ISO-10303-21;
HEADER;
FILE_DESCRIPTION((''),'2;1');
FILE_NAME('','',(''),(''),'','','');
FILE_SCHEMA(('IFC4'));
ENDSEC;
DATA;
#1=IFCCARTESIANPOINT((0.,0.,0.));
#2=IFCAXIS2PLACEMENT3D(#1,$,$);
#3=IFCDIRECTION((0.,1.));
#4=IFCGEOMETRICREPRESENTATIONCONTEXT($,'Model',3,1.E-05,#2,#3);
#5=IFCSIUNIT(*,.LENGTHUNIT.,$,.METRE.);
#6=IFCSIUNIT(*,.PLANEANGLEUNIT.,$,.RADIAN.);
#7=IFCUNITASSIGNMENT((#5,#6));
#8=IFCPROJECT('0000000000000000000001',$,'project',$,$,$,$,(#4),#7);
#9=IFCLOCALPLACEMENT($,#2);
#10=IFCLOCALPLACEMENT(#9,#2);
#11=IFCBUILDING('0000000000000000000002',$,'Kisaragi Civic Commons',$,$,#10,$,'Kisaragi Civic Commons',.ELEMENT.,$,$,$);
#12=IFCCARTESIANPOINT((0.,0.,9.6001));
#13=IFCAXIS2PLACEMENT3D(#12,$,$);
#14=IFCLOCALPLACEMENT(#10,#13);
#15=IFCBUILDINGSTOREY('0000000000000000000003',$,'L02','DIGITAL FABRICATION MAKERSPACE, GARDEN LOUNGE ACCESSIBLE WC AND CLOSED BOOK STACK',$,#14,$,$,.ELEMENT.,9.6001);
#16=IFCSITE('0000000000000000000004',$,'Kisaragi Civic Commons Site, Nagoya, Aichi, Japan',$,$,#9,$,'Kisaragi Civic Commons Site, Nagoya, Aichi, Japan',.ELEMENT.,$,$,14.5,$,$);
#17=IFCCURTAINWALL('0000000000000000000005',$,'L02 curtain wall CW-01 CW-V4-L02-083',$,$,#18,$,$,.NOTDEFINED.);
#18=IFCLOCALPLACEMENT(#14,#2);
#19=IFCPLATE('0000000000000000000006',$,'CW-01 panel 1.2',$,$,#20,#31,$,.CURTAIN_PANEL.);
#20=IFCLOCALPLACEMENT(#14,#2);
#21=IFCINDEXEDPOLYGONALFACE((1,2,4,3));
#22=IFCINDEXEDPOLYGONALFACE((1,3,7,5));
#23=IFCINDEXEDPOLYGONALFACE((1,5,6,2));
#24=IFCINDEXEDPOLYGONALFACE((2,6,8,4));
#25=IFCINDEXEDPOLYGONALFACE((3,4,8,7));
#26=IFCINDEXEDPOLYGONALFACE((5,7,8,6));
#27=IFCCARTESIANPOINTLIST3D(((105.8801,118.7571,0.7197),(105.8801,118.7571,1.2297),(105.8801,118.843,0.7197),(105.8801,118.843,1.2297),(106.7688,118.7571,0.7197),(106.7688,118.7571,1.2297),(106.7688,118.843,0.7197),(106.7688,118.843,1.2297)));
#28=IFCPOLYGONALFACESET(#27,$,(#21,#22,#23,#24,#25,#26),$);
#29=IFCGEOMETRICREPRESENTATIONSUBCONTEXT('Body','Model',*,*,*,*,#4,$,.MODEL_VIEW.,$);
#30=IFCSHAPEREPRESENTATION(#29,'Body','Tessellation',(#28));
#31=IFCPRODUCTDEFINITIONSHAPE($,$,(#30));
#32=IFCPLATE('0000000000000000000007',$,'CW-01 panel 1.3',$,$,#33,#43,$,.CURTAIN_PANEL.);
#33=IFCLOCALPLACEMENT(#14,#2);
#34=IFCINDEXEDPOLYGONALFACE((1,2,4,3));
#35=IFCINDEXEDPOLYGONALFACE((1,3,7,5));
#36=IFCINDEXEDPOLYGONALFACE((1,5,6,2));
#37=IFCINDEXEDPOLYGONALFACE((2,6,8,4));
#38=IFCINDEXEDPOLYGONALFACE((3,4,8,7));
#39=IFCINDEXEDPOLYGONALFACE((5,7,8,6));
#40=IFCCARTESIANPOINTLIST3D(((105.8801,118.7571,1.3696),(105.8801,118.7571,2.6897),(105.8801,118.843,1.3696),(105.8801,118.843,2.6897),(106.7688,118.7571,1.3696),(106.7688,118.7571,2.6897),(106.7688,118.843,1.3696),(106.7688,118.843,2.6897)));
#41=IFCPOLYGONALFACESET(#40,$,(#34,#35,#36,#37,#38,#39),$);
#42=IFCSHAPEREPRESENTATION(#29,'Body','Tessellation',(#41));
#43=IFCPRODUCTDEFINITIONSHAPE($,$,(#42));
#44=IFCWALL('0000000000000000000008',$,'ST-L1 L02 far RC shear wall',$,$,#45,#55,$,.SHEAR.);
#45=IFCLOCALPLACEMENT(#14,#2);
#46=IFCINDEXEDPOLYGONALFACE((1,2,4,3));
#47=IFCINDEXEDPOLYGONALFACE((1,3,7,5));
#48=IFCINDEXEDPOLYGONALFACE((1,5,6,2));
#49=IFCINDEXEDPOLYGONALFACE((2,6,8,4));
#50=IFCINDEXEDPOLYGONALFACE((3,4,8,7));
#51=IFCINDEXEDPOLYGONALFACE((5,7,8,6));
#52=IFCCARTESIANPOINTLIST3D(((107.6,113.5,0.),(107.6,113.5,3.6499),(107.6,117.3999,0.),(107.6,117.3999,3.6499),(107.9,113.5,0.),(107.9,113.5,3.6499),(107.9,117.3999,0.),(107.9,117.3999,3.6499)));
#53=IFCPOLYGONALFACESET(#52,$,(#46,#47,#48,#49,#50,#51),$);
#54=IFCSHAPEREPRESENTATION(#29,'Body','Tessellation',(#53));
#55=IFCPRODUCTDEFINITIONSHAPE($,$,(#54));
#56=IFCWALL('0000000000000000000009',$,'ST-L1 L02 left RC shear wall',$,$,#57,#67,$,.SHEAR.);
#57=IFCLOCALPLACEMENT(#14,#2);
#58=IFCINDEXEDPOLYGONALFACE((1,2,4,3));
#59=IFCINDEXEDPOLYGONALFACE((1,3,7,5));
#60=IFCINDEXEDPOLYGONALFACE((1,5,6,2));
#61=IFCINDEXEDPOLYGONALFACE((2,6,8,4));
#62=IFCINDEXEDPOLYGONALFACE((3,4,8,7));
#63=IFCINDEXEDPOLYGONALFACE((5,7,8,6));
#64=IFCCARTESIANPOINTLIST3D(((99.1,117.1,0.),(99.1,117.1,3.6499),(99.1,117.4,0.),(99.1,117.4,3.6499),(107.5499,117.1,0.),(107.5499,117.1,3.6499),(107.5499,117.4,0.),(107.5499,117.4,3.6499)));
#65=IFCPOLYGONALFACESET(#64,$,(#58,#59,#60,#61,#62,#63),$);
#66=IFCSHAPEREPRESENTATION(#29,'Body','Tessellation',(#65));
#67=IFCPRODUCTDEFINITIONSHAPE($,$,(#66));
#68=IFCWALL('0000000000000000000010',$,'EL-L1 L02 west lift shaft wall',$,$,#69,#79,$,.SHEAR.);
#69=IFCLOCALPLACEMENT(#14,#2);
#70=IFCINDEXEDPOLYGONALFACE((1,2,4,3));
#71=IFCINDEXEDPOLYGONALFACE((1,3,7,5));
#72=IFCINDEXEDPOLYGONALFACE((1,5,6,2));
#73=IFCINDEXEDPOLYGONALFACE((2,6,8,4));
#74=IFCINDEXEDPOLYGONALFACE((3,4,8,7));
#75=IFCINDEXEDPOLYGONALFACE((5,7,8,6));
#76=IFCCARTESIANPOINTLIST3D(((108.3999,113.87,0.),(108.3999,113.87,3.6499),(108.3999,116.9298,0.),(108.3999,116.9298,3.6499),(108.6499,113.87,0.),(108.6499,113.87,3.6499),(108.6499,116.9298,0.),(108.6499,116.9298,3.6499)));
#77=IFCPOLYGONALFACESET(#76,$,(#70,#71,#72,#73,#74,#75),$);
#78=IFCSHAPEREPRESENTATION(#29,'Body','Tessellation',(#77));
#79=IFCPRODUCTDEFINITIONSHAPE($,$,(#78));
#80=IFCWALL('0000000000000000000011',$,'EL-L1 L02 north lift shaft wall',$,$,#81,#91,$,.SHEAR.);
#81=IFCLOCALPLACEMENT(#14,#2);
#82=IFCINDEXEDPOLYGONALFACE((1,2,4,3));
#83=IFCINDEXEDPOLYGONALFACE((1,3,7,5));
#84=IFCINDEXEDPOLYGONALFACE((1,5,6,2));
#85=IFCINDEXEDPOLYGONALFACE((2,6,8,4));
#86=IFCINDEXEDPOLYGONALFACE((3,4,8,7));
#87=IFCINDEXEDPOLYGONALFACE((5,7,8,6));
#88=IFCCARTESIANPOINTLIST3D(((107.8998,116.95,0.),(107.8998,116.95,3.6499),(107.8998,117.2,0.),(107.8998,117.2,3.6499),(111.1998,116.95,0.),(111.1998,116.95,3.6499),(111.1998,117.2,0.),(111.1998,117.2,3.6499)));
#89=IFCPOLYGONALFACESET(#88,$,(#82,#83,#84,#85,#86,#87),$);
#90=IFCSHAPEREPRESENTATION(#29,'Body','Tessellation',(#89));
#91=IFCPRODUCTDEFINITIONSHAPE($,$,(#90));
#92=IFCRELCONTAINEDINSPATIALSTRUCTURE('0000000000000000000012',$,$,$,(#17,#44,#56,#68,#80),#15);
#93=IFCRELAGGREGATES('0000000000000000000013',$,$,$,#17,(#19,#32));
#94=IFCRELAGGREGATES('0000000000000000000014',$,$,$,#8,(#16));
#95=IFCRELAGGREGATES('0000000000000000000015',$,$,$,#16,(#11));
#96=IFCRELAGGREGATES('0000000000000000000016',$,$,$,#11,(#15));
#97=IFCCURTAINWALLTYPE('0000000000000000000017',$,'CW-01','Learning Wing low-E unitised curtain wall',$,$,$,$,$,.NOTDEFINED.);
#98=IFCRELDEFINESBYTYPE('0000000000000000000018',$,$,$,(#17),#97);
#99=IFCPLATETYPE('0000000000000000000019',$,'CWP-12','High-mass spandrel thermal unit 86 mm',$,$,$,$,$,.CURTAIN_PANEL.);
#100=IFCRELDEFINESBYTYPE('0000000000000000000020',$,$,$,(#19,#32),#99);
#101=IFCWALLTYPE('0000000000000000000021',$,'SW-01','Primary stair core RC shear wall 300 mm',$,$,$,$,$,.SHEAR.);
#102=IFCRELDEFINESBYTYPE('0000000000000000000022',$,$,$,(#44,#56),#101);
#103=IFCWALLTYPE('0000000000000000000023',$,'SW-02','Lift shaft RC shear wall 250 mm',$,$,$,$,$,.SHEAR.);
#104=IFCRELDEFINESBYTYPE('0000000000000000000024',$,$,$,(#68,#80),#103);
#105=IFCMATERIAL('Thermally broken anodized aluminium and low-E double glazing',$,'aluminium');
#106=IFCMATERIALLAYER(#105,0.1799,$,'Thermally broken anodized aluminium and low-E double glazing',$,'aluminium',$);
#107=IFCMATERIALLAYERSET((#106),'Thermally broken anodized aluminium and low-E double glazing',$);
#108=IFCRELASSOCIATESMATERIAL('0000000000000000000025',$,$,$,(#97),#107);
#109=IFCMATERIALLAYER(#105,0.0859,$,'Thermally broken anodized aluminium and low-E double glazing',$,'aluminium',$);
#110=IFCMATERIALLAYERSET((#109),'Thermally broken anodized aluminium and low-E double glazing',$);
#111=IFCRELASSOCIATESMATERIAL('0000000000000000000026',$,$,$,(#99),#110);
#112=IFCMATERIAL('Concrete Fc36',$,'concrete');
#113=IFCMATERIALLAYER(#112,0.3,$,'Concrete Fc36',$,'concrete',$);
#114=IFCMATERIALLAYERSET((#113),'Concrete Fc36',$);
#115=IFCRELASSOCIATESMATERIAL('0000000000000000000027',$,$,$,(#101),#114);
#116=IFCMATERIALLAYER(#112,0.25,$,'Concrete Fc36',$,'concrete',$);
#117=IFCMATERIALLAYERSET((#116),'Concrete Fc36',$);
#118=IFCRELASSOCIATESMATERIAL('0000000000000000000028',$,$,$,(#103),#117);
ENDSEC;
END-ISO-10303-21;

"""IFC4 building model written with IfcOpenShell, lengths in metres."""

from ifc_helpers import new_model, si_unit, direction, frame, frame_2d, origin, origin_2d, place, context, subcontext, project, spatial, rectangle, extrude, material, layer, layer_set, type_object, element, aggregate, save


model = new_model("IFC4")

# Units and contexts
model_context = context("Model", 3, precision=1e-05, world=origin(), true_north=direction((0.0, 1.0)))
body_context = subcontext(model_context, "Body", "Model", "MODEL_VIEW")
ifc_project = project(units=[si_unit("LENGTHUNIT", "METRE"), si_unit("PLANEANGLEUNIT", "RADIAN")], contexts=[model_context])

# Site, building, storey
site_placement = place(None, origin())
site = spatial("IfcSite", under=ifc_project, at=site_placement, Name="Kisaragi Civic Commons Site, Nagoya, Aichi, Japan", LongName="Kisaragi Civic Commons Site, Nagoya, Aichi, Japan", CompositionType="ELEMENT", RefElevation=14.5)
building_placement = place(site_placement, origin())
building = spatial("IfcBuilding", under=site, at=building_placement, Name="Kisaragi Civic Commons", LongName="Kisaragi Civic Commons", CompositionType="ELEMENT")
storey_placement = place(building_placement, frame((0.0, 0.0, 9.6001)))
storey = spatial("IfcBuildingStorey", under=building, at=storey_placement, Name="L02", Description="DIGITAL FABRICATION MAKERSPACE, GARDEN LOUNGE ACCESSIBLE WC AND CLOSED BOOK STACK", CompositionType="ELEMENT", Elevation=9.6001)

# Shared definitions
ifc_material_1 = material(Name="Concrete Fc36", Category="concrete")

# Curtain wall
ifc_material_2 = material(Name="Thermally broken anodized aluminium and low-E double glazing", Category="aluminium")
ifc_layer_1 = layer(ifc_material_2, 0.1799, Name="Thermally broken anodized aluminium and low-E double glazing", Category="aluminium")
ifc_layer_set_1 = layer_set([ifc_layer_1], Name="Thermally broken anodized aluminium and low-E double glazing")
curtain_wall_type = type_object("IfcCurtainWallType", Name="CW-01", Description="Learning Wing low-E unitised curtain wall", PredefinedType="NOTDEFINED", material=ifc_layer_set_1)
curtain_wall_1_placement = place(storey_placement, origin())
curtain_wall_1 = element("IfcCurtainWall", 1, at=curtain_wall_1_placement, inside=storey, type_object=curtain_wall_type, Name="L02 curtain wall CW-01 CW-V4-L02-083", PredefinedType="NOTDEFINED")

# Plates
ifc_layer_2 = layer(ifc_material_2, 0.0859, Name="Thermally broken anodized aluminium and low-E double glazing", Category="aluminium")
ifc_layer_set_2 = layer_set([ifc_layer_2], Name="Thermally broken anodized aluminium and low-E double glazing")
plate_type_1 = type_object("IfcPlateType", Name="CWP-12", Description="High-mass spandrel thermal unit 86 mm", PredefinedType="CURTAIN_PANEL", material=ifc_layer_set_2)
plate_1_placement = place(storey_placement, frame((106.3245, 118.8, 0.7197), z_axis=(0.0, 0.0, 1.0), x_axis=(1.0, 0.0, 0.0)))
plate_1 = element("IfcPlate", 2, at=plate_1_placement, type_object=plate_type_1, Name="CW-01 panel 1.2", PredefinedType="CURTAIN_PANEL", context=body_context, shape_type="SweptSolid", body=[
    extrude(rectangle(XDim=0.8887, YDim=0.0859, at=origin_2d()), origin(), (0.0, 0.0, 1.0), 0.51),
])
plate_2_placement = place(storey_placement, frame((106.3245, 118.8, 1.3696), z_axis=(0.0, 0.0, 1.0), x_axis=(1.0, 0.0, 0.0)))
plate_2 = element("IfcPlate", 3, at=plate_2_placement, type_object=plate_type_1, Name="CW-01 panel 1.3", PredefinedType="CURTAIN_PANEL", context=body_context, shape_type="SweptSolid", body=[
    extrude(rectangle(XDim=0.8887, YDim=0.0859, at=origin_2d()), origin(), (0.0, 0.0, 1.0), 1.3201),
])
aggregate(curtain_wall_1, [plate_1, plate_2])

# Walls
ifc_layer_3 = layer(ifc_material_1, 0.3, Name="Concrete Fc36", Category="concrete")
ifc_layer_set_3 = layer_set([ifc_layer_3], Name="Concrete Fc36")
wall_type_1 = type_object("IfcWallType", Name="SW-01", Description="Primary stair core RC shear wall 300 mm", PredefinedType="SHEAR", material=ifc_layer_set_3)
wall_1_placement = place(storey_placement, frame((107.75, 113.5, 0.0), z_axis=(0.0, 0.0, 1.0), x_axis=(0.0, 1.0, 0.0)))
element("IfcWall", 4, at=wall_1_placement, inside=storey, type_object=wall_type_1, Name="ST-L1 L02 far RC shear wall", PredefinedType="SHEAR", context=body_context, shape_type="SweptSolid", body=[
    extrude(rectangle(XDim=3.8999, YDim=0.3, at=frame_2d((1.95, 0.0))), origin(), (0.0, 0.0, 1.0), 3.6499),
])
wall_2_placement = place(storey_placement, frame((107.55, 117.25, 0.0), z_axis=(0.0, 0.0, 1.0), x_axis=(-1.0, 0.0, 0.0)))
element("IfcWall", 5, at=wall_2_placement, inside=storey, type_object=wall_type_1, Name="ST-L1 L02 left RC shear wall", PredefinedType="SHEAR", context=body_context, shape_type="SweptSolid", body=[
    extrude(rectangle(XDim=8.45, YDim=0.3, at=frame_2d((4.2251, 0.0))), origin(), (0.0, 0.0, 1.0), 3.6499),
])
ifc_layer_4 = layer(ifc_material_1, 0.25, Name="Concrete Fc36", Category="concrete")
ifc_layer_set_4 = layer_set([ifc_layer_4], Name="Concrete Fc36")
wall_type_2 = type_object("IfcWallType", Name="SW-02", Description="Lift shaft RC shear wall 250 mm", PredefinedType="SHEAR", material=ifc_layer_set_4)
wall_3_placement = place(storey_placement, frame((108.5249, 113.8701, 0.0), z_axis=(0.0, 0.0, 1.0), x_axis=(0.0, 1.0, 0.0)))
element("IfcWall", 6, at=wall_3_placement, inside=storey, type_object=wall_type_2, Name="EL-L1 L02 west lift shaft wall", PredefinedType="SHEAR", context=body_context, shape_type="SweptSolid", body=[
    extrude(rectangle(XDim=3.0598, YDim=0.25, at=frame_2d((1.5298, 0.0))), origin(), (0.0, 0.0, 1.0), 3.6499),
])
wall_4_placement = place(storey_placement, frame((107.8999, 117.075, 0.0), z_axis=(0.0, 0.0, 1.0), x_axis=(1.0, 0.0, 0.0)))
element("IfcWall", 7, at=wall_4_placement, inside=storey, type_object=wall_type_2, Name="EL-L1 L02 north lift shaft wall", PredefinedType="SHEAR", context=body_context, shape_type="SweptSolid", body=[
    extrude(rectangle(XDim=3.3, YDim=0.25, at=frame_2d((1.6499, 0.0))), origin(), (0.0, 0.0, 1.0), 3.6499),
])

save(model, "model.ifc")
